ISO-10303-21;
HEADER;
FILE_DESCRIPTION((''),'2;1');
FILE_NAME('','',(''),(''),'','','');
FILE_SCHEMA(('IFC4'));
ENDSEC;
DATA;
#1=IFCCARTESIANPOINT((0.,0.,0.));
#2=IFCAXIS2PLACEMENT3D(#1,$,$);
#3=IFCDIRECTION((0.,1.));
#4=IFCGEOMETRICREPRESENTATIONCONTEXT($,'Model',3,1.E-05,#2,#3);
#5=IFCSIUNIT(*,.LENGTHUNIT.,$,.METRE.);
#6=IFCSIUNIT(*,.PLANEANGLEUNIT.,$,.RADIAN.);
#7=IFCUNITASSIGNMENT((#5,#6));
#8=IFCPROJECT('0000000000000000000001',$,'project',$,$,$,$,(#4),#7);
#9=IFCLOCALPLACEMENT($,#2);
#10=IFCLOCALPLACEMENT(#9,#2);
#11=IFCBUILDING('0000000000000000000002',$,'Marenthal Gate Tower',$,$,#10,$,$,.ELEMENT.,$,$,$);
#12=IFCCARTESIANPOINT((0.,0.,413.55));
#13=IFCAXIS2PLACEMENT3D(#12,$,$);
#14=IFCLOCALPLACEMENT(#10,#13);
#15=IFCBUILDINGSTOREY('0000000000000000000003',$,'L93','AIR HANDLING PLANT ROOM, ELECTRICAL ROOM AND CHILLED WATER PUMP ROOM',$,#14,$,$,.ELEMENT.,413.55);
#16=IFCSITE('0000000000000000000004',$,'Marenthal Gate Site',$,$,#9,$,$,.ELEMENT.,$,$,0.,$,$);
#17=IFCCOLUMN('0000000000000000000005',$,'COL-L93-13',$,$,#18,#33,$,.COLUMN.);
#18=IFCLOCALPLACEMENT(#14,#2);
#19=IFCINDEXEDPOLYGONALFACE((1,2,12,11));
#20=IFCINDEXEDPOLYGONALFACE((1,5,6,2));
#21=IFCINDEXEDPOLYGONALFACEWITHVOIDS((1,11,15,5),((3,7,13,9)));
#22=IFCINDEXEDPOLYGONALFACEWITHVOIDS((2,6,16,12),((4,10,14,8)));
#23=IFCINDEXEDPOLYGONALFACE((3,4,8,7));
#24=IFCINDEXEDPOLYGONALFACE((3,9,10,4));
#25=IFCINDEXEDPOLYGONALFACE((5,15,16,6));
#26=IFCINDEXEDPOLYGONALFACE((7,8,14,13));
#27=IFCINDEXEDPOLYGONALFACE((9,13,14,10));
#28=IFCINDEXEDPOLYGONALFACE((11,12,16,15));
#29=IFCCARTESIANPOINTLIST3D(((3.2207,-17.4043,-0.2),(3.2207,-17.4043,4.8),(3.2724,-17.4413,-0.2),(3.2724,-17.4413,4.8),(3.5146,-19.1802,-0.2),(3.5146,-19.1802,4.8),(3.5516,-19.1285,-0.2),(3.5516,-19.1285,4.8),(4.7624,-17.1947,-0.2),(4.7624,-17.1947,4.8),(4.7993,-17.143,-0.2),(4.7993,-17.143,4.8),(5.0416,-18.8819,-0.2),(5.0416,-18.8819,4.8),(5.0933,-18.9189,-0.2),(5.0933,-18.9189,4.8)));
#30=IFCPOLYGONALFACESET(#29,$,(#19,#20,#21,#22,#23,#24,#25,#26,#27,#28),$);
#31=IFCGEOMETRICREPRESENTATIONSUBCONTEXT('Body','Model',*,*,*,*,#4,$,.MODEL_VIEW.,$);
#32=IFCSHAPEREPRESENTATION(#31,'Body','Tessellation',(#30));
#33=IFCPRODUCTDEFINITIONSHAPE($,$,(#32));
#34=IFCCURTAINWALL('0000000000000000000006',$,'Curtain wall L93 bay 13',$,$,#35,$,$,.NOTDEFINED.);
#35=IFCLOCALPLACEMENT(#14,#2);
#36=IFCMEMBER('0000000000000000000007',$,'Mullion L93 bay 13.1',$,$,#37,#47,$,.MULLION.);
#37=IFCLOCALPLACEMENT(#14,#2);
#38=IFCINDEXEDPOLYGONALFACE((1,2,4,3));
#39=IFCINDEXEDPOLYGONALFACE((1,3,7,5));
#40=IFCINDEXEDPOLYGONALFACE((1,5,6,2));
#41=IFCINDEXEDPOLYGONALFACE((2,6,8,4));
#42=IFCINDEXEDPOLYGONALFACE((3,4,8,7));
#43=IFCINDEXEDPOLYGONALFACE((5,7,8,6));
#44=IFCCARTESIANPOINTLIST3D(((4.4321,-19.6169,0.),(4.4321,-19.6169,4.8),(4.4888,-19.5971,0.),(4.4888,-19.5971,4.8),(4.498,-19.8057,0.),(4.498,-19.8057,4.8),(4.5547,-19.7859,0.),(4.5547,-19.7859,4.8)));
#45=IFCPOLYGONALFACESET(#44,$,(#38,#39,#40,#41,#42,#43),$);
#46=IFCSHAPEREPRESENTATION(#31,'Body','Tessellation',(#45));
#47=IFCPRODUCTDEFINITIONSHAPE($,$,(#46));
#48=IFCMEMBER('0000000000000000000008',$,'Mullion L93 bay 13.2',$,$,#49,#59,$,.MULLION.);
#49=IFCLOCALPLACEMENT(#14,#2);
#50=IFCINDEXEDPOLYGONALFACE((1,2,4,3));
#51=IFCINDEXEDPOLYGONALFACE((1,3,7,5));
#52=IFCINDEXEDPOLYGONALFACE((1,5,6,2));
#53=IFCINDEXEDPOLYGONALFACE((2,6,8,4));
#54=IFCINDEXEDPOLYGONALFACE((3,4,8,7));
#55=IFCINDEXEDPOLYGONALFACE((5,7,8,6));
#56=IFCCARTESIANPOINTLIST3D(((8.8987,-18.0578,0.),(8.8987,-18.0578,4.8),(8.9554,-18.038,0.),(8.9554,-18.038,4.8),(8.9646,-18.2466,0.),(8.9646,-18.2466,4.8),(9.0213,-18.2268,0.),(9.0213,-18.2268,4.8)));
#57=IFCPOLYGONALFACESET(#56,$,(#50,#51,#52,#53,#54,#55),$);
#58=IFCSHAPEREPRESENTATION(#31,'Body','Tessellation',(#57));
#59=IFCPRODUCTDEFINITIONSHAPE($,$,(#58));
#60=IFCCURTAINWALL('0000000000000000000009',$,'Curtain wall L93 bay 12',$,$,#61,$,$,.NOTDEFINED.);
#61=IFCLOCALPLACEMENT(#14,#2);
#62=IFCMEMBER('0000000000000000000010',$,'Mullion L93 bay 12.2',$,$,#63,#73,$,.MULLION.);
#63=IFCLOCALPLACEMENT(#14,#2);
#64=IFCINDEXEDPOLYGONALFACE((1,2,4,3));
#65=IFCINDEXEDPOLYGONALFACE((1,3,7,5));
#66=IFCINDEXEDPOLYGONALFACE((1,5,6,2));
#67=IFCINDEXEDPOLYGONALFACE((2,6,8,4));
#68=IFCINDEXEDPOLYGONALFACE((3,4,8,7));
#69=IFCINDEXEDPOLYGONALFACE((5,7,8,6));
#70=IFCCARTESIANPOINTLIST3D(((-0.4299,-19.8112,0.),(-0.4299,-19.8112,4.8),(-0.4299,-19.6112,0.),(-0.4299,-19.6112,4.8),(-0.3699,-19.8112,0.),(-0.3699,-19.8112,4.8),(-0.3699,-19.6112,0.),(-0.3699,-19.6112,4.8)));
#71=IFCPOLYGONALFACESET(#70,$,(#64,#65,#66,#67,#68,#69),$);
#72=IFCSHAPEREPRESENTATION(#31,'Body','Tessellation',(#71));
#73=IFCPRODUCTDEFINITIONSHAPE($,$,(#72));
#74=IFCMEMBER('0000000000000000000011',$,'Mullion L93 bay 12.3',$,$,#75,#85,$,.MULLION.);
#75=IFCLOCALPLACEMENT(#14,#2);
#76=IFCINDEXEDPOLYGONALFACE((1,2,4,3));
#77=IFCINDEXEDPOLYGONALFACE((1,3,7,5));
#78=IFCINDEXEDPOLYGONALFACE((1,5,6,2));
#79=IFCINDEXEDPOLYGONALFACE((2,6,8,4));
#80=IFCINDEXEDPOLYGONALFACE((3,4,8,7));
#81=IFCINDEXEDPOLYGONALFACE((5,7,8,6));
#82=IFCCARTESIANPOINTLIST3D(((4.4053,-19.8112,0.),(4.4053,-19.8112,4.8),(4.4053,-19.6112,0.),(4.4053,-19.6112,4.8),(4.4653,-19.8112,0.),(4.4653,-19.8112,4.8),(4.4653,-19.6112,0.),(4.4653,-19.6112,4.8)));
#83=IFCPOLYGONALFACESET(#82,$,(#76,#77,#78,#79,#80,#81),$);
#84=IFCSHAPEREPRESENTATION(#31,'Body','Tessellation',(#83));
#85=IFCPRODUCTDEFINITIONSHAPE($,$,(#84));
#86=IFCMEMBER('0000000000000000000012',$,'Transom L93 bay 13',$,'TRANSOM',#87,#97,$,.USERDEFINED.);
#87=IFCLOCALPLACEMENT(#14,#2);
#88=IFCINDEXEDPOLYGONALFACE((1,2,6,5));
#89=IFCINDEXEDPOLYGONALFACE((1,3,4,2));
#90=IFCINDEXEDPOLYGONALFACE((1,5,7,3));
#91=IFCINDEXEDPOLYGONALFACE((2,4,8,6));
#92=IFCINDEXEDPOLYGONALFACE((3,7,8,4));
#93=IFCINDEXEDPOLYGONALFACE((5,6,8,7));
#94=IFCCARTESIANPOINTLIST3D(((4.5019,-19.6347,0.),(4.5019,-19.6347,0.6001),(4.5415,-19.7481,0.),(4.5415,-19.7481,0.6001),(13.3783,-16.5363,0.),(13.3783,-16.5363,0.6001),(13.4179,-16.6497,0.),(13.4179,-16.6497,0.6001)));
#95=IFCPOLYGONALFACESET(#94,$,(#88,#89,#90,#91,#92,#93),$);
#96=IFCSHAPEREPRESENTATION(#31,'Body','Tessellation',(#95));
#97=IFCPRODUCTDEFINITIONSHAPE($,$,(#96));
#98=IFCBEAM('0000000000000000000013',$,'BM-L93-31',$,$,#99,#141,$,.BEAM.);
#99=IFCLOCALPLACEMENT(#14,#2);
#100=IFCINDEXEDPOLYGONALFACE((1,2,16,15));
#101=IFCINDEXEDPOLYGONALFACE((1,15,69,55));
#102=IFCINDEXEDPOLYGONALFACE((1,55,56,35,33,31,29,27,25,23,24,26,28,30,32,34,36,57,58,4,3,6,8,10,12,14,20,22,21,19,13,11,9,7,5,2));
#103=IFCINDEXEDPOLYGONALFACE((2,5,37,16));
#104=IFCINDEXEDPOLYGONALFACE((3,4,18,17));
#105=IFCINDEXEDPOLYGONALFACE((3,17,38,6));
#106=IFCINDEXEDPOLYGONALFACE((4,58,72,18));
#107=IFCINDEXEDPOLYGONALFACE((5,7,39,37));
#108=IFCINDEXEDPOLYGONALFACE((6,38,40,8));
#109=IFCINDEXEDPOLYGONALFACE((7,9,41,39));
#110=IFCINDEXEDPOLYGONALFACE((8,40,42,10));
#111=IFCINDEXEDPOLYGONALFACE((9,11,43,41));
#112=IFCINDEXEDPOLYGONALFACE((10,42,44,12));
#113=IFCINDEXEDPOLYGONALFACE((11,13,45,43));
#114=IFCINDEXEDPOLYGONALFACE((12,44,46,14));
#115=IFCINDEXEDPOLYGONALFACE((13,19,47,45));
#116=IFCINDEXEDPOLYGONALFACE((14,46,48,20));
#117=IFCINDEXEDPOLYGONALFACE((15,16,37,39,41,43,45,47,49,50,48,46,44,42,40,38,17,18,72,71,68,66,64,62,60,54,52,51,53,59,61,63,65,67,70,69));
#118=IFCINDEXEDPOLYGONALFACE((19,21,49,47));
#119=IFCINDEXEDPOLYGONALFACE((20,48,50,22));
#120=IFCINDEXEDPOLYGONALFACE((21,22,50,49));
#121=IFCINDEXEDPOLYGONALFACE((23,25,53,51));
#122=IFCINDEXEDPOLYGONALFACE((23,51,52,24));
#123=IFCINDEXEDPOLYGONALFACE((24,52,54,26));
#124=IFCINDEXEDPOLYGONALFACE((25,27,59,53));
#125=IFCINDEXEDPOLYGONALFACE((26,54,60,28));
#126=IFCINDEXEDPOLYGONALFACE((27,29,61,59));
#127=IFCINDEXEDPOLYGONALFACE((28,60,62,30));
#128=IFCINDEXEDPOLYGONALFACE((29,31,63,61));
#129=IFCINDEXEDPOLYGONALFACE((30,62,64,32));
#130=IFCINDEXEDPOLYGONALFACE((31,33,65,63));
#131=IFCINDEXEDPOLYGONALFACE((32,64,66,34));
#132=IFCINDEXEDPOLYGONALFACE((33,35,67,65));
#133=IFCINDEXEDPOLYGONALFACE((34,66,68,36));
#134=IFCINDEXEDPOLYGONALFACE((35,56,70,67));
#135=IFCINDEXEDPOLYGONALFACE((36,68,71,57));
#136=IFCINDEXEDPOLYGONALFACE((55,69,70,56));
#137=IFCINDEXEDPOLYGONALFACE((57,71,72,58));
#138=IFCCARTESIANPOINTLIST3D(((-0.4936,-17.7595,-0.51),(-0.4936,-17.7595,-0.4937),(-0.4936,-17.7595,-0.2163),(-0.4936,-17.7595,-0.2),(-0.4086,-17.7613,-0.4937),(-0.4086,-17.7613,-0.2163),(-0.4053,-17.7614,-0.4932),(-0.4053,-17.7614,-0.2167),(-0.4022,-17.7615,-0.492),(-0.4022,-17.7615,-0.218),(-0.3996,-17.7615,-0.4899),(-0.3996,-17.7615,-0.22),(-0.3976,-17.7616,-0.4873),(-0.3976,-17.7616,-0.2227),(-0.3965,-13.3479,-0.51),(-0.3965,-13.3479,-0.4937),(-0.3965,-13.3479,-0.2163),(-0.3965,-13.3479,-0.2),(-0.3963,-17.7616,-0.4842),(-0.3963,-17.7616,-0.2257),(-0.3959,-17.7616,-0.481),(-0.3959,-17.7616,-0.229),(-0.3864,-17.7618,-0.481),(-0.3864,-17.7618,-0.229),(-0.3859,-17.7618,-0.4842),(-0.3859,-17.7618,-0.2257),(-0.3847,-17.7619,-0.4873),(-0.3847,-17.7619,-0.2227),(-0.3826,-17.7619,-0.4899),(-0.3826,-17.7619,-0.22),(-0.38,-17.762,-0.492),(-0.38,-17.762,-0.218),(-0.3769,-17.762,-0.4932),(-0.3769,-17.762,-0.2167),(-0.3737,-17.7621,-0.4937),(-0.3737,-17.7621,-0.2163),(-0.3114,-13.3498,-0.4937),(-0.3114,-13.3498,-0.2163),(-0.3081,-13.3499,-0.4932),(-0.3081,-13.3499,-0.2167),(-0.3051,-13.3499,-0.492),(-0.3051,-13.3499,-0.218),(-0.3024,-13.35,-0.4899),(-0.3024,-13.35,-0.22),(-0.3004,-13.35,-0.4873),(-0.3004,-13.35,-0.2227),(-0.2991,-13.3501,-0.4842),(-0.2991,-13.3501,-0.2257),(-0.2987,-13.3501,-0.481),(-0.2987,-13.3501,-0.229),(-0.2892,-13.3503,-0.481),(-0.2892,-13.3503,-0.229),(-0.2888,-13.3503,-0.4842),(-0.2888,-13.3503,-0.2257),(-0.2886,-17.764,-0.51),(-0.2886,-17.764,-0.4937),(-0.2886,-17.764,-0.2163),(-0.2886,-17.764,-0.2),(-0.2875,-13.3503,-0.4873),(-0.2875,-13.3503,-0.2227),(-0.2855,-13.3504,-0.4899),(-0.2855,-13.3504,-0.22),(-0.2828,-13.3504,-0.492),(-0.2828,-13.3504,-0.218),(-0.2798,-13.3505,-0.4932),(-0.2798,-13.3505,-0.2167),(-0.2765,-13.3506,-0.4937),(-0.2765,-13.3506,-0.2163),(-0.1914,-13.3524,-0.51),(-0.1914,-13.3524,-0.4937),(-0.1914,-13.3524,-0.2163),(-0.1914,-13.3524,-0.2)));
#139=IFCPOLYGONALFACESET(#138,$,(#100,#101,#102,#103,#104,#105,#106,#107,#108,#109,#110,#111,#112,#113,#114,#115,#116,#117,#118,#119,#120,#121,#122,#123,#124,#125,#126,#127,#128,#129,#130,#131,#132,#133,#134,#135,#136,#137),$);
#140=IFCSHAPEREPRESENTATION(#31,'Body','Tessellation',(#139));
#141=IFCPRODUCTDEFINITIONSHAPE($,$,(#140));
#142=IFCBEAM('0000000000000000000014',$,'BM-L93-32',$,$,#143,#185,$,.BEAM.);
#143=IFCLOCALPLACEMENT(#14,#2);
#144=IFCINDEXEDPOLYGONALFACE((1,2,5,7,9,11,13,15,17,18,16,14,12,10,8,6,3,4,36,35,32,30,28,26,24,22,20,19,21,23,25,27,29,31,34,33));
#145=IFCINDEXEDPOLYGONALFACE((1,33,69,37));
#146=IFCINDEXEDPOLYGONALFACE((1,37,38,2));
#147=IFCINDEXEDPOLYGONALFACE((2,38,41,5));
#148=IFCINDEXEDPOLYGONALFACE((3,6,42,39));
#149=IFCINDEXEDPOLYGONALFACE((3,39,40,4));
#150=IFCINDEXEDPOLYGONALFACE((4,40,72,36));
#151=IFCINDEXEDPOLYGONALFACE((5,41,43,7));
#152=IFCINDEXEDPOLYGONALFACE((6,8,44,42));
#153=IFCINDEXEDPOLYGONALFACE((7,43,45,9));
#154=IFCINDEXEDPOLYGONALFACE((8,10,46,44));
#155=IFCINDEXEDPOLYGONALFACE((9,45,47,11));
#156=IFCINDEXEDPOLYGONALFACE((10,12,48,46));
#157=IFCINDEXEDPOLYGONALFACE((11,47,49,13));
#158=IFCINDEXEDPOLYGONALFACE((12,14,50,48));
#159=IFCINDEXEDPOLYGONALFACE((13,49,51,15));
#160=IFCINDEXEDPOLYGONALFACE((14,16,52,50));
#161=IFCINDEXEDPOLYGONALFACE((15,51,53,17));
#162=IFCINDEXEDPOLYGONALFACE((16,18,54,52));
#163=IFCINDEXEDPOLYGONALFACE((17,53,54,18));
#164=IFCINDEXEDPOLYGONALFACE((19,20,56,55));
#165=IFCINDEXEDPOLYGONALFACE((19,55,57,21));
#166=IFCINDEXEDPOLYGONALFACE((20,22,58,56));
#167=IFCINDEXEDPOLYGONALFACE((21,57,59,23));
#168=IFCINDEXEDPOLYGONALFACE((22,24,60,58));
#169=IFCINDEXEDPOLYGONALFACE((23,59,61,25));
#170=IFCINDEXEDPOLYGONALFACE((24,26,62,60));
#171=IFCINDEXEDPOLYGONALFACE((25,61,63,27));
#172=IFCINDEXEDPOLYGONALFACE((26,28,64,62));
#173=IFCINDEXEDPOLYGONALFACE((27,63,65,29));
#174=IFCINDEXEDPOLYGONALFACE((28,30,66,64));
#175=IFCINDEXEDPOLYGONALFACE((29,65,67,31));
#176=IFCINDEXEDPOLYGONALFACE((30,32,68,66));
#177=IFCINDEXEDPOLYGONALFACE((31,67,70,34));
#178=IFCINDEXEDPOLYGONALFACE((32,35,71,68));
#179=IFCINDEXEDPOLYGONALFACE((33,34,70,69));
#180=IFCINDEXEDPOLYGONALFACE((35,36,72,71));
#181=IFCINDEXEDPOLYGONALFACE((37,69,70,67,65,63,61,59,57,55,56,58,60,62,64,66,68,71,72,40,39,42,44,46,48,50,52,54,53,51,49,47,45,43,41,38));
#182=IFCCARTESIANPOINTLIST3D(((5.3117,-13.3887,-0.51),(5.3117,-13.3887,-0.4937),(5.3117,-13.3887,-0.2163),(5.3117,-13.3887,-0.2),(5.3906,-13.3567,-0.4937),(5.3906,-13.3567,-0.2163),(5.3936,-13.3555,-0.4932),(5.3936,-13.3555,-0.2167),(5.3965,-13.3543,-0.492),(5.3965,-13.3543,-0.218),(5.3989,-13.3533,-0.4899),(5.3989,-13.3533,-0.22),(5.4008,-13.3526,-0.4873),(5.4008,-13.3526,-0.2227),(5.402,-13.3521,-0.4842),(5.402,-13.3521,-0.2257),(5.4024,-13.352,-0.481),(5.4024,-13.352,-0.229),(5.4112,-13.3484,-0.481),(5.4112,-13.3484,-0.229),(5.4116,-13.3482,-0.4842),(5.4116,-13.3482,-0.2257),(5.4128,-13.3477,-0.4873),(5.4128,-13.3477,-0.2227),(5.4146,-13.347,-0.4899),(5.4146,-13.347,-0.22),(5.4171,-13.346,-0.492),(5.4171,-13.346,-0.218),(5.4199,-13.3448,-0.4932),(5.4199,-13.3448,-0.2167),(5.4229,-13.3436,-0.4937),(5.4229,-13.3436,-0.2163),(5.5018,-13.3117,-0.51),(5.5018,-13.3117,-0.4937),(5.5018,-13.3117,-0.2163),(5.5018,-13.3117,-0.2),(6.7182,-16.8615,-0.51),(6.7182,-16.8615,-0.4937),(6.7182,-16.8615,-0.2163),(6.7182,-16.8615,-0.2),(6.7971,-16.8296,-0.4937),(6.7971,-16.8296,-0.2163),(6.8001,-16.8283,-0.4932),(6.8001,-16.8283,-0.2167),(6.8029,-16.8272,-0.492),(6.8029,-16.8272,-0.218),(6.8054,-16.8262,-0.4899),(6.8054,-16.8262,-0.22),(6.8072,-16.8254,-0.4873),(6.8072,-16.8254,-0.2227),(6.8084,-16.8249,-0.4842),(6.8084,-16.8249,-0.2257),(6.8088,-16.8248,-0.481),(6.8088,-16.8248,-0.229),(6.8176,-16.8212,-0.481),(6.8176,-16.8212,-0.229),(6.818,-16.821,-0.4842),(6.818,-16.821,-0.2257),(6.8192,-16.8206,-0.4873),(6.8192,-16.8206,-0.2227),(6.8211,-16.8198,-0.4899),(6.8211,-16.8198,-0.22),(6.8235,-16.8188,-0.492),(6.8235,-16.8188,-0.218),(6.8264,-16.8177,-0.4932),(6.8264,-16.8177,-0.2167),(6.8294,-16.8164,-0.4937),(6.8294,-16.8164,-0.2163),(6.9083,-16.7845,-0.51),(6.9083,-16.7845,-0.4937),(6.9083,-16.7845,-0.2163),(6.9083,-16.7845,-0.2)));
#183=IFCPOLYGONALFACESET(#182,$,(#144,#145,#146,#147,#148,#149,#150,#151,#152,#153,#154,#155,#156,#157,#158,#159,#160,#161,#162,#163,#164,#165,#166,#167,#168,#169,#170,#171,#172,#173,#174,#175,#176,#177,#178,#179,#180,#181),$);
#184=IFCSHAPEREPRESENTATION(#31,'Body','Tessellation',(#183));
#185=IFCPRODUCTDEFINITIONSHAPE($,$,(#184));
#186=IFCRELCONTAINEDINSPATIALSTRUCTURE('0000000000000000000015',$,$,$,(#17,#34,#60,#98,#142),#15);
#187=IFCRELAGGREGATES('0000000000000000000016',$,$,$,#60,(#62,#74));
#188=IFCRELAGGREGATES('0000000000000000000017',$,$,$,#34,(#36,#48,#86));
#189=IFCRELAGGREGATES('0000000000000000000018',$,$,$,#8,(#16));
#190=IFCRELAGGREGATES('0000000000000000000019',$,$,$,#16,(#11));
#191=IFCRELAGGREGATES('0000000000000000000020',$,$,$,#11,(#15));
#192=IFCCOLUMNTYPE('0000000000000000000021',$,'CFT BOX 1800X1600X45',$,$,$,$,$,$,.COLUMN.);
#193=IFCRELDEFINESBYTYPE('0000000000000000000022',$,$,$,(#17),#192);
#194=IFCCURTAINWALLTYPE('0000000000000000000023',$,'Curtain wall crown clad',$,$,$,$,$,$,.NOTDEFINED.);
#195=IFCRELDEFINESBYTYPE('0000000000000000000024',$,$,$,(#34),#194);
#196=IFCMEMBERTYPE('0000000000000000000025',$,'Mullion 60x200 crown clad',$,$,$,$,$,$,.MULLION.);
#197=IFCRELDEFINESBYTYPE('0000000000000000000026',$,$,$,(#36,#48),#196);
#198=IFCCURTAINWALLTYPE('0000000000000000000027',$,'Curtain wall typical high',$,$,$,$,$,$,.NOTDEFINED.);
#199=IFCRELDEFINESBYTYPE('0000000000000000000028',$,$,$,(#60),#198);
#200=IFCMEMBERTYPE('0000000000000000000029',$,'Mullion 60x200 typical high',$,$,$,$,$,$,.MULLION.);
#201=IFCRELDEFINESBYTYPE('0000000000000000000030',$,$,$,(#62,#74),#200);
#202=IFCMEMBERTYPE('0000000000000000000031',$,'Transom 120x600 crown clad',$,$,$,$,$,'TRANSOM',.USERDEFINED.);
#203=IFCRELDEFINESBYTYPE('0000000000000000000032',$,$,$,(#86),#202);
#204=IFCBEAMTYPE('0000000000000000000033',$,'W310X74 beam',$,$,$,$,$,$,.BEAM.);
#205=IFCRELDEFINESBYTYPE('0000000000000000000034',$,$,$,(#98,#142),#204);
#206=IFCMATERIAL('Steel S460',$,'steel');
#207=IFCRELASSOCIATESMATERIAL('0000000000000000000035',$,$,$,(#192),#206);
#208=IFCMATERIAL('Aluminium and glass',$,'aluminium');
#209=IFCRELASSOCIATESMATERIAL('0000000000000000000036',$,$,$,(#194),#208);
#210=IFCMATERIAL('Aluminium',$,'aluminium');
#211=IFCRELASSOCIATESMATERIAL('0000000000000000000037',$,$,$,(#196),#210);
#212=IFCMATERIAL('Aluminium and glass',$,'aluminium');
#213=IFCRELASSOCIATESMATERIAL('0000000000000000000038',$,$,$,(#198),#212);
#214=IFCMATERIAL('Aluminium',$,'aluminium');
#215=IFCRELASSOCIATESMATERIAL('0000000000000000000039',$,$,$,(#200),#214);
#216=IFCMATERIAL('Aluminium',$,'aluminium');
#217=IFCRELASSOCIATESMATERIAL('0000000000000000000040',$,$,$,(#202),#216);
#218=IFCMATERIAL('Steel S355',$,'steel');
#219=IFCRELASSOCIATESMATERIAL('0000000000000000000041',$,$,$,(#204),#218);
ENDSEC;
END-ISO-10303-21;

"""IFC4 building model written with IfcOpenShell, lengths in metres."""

from ifc_helpers import new_model, si_unit, direction, frame, origin, origin_2d, place, context, subcontext, project, spatial, rectangle, hollow_rectangle, i_section, extrude, material, material_profile, profile_set, type_object, element, aggregate, save


model = new_model("IFC4")

# Units and contexts
model_context = context("Model", 3, precision=1e-05, world=origin(), true_north=direction((0.0, 1.0)))
body_context = subcontext(model_context, "Body", "Model", "MODEL_VIEW")
ifc_project = project(units=[si_unit("LENGTHUNIT", "METRE"), si_unit("PLANEANGLEUNIT", "RADIAN")], contexts=[model_context])

# Site, building, storey
site_placement = place(None, origin())
site = spatial("IfcSite", under=ifc_project, at=site_placement, Name="Marenthal Gate Site", CompositionType="ELEMENT", RefElevation=0.0)
building_placement = place(site_placement, origin())
building = spatial("IfcBuilding", under=site, at=building_placement, Name="Marenthal Gate Tower", CompositionType="ELEMENT")
storey_placement = place(building_placement, frame((0.0, 0.0, 413.55)))
storey = spatial("IfcBuildingStorey", under=building, at=storey_placement, Name="L93", Description="AIR HANDLING PLANT ROOM, ELECTRICAL ROOM AND CHILLED WATER PUMP ROOM", CompositionType="ELEMENT", Elevation=413.55)

# Column
ifc_material_1 = material(Name="Steel S460", Category="steel")
ifc_material_profile_1 = material_profile(ifc_material_1, hollow_rectangle(XDim=1.6001, YDim=1.8, WallThickness=0.0449, at=origin_2d()), Name="CFT BOX 1800X1600X45")
ifc_material_2 = material(Name="Concrete 70 MPa", Category="concrete")
ifc_material_profile_2 = material_profile(ifc_material_2, rectangle(XDim=1.51, YDim=1.71, at=origin_2d()), Name="CFT BOX 1800X1600X45 INFILL")
ifc_profile_set_1 = profile_set([ifc_material_profile_1, ifc_material_profile_2], Name="Steel S460 shell, Concrete 70 MPa infill")
column_type = type_object("IfcColumnType", Name="CFT BOX 1800X1600X45", PredefinedType="COLUMN", material=ifc_profile_set_1)
column_placement = place(storey_placement, frame((4.157, -18.1616, -0.2), z_axis=(0.0, 0.0, 1.0), x_axis=(-0.986579, -0.163283, 0.0)))
element("IfcColumn", 1, at=column_placement, inside=storey, type_object=column_type, Name="COL-L93-13", PredefinedType="COLUMN", context=body_context, shape_type="SweptSolid", body=[
    extrude(hollow_rectangle(XDim=1.6001, YDim=1.8, WallThickness=0.0449, at=origin_2d()), origin(), (0.0, 0.0, 1.0), 5.0),
])

# Curtain walls, members
ifc_material_3 = material(Name="Aluminium and glass", Category="aluminium")
curtain_wall_type_1 = type_object("IfcCurtainWallType", Name="Curtain wall crown clad", PredefinedType="NOTDEFINED", material=ifc_material_3)
curtain_wall_1_placement = place(storey_placement, origin())
curtain_wall_1 = element("IfcCurtainWall", 2, at=curtain_wall_1_placement, inside=storey, type_object=curtain_wall_type_1, Name="Curtain wall L93 bay 13", PredefinedType="NOTDEFINED")
ifc_material_4 = material(Name="Aluminium", Category="aluminium")
ifc_material_profile_3 = material_profile(ifc_material_4, rectangle(XDim=0.2, YDim=0.0601, at=origin_2d()), Name="60x200 aluminium mullion")
ifc_profile_set_2 = profile_set([ifc_material_profile_3], Name="Aluminium")
member_type_1 = type_object("IfcMemberType", Name="Mullion 60x200 crown clad", PredefinedType="MULLION", material=ifc_profile_set_2)
member_1_placement = place(storey_placement, frame((4.4934, -19.7014, 0.0), z_axis=(0.0, 0.0, 1.0), x_axis=(-0.329559, 0.944135, 0.0)))
member_1 = element("IfcMember", 3, at=member_1_placement, type_object=member_type_1, Name="Mullion L93 bay 13.1", PredefinedType="MULLION", context=body_context, shape_type="SweptSolid", body=[
    extrude(rectangle(XDim=0.2, YDim=0.0601, at=origin_2d()), origin(), (0.0, 0.0, 1.0), 4.8),
])
member_2_placement = place(storey_placement, frame((8.96, -18.1423, 0.0), z_axis=(0.0, 0.0, 1.0), x_axis=(-0.329559, 0.944135, 0.0)))
member_2 = element("IfcMember", 4, at=member_2_placement, type_object=member_type_1, Name="Mullion L93 bay 13.2", PredefinedType="MULLION", context=body_context, shape_type="SweptSolid", body=[
    extrude(rectangle(XDim=0.2, YDim=0.0601, at=origin_2d()), origin(), (0.0, 0.0, 1.0), 4.8),
])
ifc_material_5 = material(Name="Aluminium and glass", Category="aluminium")
curtain_wall_type_2 = type_object("IfcCurtainWallType", Name="Curtain wall typical high", PredefinedType="NOTDEFINED", material=ifc_material_5)
curtain_wall_2_placement = place(storey_placement, origin())
curtain_wall_2 = element("IfcCurtainWall", 5, at=curtain_wall_2_placement, inside=storey, type_object=curtain_wall_type_2, Name="Curtain wall L93 bay 12", PredefinedType="NOTDEFINED")
ifc_material_6 = material(Name="Aluminium", Category="aluminium")
ifc_material_profile_4 = material_profile(ifc_material_6, rectangle(XDim=0.2, YDim=0.0601, at=origin_2d()), Name="60x200 aluminium mullion")
ifc_profile_set_3 = profile_set([ifc_material_profile_4], Name="Aluminium")
member_type_2 = type_object("IfcMemberType", Name="Mullion 60x200 typical high", PredefinedType="MULLION", material=ifc_profile_set_3)
member_3_placement = place(storey_placement, frame((-0.3999, -19.7112, 0.0), z_axis=(0.0, 0.0, 1.0), x_axis=(0.0, 1.0, 0.0)))
member_3 = element("IfcMember", 6, at=member_3_placement, type_object=member_type_2, Name="Mullion L93 bay 12.2", PredefinedType="MULLION", context=body_context, shape_type="SweptSolid", body=[
    extrude(rectangle(XDim=0.2, YDim=0.0601, at=origin_2d()), origin(), (0.0, 0.0, 1.0), 4.8),
])
member_4_placement = place(storey_placement, frame((4.4353, -19.7112, 0.0), z_axis=(0.0, 0.0, 1.0), x_axis=(0.0, 1.0, 0.0)))
member_4 = element("IfcMember", 7, at=member_4_placement, type_object=member_type_2, Name="Mullion L93 bay 12.3", PredefinedType="MULLION", context=body_context, shape_type="SweptSolid", body=[
    extrude(rectangle(XDim=0.2, YDim=0.0601, at=origin_2d()), origin(), (0.0, 0.0, 1.0), 4.8),
])

# Member
ifc_material_7 = material(Name="Aluminium", Category="aluminium")
ifc_material_profile_5 = material_profile(ifc_material_7, rectangle(XDim=0.1201, YDim=0.6001, at=origin_2d()), Name="120x600 aluminium transom")
ifc_profile_set_4 = profile_set([ifc_material_profile_5], Name="Aluminium")
member_type_3 = type_object("IfcMemberType", Name="Transom 120x600 crown clad", ElementType="TRANSOM", PredefinedType="USERDEFINED", material=ifc_profile_set_4)
member_5_placement = place(storey_placement, frame((4.5217, -19.6914, 0.3), z_axis=(0.944136, 0.329557, 0.0), x_axis=(-0.329557, 0.944136, 0.0)))
member_5 = element("IfcMember", 8, at=member_5_placement, type_object=member_type_3, Name="Transom L93 bay 13", ObjectType="TRANSOM", PredefinedType="USERDEFINED", context=body_context, shape_type="SweptSolid", body=[
    extrude(rectangle(XDim=0.1201, YDim=0.6001, at=origin_2d()), origin(), (0.0, 0.0, 1.0), 9.4016),
])

# Beams
ifc_material_8 = material(Name="Steel S355", Category="steel")
ifc_material_profile_6 = material_profile(ifc_material_8, i_section(OverallWidth=0.2051, OverallDepth=0.3101, WebThickness=0.0095, FlangeThickness=0.0164, FilletRadius=0.0127, at=origin_2d()), Name="W310X74")
ifc_profile_set_5 = profile_set([ifc_material_profile_6], Name="Steel S355")
beam_type_1 = type_object("IfcBeamType", Name="W310X74 beam", PredefinedType="BEAM", material=ifc_profile_set_5)
beam_1_placement = place(storey_placement, frame((-0.3911, -17.7617, -0.355), z_axis=(0.02202, 0.999758, 0.0), x_axis=(-0.999758, 0.02202, 0.0)))
element("IfcBeam", 9, at=beam_1_placement, inside=storey, type_object=beam_type_1, Name="BM-L93-31", PredefinedType="BEAM", context=body_context, shape_type="SweptSolid", body=[
    extrude(i_section(OverallWidth=0.2051, OverallDepth=0.3101, WebThickness=0.0095, FlangeThickness=0.0164, FilletRadius=0.0127, at=origin_2d()), origin(), (0.0, 0.0, 1.0), 4.4126),
])
beam_2_placement = place(storey_placement, frame((6.8132, -16.823, -0.355), z_axis=(-0.375375, 0.926873, 0.0), x_axis=(-0.926873, -0.375375, 0.0)))
element("IfcBeam", 10, at=beam_2_placement, inside=storey, type_object=beam_type_1, Name="BM-L93-32", PredefinedType="BEAM", context=body_context, shape_type="SweptSolid", body=[
    extrude(i_section(OverallWidth=0.2051, OverallDepth=0.3101, WebThickness=0.0095, FlangeThickness=0.0164, FilletRadius=0.0127, at=origin_2d()), origin(), (0.0, 0.0, 1.0), 3.7468),
])

aggregate(curtain_wall_2, [member_3, member_4])

aggregate(curtain_wall_1, [member_1, member_2, member_5])

save(model, "model.ifc")
